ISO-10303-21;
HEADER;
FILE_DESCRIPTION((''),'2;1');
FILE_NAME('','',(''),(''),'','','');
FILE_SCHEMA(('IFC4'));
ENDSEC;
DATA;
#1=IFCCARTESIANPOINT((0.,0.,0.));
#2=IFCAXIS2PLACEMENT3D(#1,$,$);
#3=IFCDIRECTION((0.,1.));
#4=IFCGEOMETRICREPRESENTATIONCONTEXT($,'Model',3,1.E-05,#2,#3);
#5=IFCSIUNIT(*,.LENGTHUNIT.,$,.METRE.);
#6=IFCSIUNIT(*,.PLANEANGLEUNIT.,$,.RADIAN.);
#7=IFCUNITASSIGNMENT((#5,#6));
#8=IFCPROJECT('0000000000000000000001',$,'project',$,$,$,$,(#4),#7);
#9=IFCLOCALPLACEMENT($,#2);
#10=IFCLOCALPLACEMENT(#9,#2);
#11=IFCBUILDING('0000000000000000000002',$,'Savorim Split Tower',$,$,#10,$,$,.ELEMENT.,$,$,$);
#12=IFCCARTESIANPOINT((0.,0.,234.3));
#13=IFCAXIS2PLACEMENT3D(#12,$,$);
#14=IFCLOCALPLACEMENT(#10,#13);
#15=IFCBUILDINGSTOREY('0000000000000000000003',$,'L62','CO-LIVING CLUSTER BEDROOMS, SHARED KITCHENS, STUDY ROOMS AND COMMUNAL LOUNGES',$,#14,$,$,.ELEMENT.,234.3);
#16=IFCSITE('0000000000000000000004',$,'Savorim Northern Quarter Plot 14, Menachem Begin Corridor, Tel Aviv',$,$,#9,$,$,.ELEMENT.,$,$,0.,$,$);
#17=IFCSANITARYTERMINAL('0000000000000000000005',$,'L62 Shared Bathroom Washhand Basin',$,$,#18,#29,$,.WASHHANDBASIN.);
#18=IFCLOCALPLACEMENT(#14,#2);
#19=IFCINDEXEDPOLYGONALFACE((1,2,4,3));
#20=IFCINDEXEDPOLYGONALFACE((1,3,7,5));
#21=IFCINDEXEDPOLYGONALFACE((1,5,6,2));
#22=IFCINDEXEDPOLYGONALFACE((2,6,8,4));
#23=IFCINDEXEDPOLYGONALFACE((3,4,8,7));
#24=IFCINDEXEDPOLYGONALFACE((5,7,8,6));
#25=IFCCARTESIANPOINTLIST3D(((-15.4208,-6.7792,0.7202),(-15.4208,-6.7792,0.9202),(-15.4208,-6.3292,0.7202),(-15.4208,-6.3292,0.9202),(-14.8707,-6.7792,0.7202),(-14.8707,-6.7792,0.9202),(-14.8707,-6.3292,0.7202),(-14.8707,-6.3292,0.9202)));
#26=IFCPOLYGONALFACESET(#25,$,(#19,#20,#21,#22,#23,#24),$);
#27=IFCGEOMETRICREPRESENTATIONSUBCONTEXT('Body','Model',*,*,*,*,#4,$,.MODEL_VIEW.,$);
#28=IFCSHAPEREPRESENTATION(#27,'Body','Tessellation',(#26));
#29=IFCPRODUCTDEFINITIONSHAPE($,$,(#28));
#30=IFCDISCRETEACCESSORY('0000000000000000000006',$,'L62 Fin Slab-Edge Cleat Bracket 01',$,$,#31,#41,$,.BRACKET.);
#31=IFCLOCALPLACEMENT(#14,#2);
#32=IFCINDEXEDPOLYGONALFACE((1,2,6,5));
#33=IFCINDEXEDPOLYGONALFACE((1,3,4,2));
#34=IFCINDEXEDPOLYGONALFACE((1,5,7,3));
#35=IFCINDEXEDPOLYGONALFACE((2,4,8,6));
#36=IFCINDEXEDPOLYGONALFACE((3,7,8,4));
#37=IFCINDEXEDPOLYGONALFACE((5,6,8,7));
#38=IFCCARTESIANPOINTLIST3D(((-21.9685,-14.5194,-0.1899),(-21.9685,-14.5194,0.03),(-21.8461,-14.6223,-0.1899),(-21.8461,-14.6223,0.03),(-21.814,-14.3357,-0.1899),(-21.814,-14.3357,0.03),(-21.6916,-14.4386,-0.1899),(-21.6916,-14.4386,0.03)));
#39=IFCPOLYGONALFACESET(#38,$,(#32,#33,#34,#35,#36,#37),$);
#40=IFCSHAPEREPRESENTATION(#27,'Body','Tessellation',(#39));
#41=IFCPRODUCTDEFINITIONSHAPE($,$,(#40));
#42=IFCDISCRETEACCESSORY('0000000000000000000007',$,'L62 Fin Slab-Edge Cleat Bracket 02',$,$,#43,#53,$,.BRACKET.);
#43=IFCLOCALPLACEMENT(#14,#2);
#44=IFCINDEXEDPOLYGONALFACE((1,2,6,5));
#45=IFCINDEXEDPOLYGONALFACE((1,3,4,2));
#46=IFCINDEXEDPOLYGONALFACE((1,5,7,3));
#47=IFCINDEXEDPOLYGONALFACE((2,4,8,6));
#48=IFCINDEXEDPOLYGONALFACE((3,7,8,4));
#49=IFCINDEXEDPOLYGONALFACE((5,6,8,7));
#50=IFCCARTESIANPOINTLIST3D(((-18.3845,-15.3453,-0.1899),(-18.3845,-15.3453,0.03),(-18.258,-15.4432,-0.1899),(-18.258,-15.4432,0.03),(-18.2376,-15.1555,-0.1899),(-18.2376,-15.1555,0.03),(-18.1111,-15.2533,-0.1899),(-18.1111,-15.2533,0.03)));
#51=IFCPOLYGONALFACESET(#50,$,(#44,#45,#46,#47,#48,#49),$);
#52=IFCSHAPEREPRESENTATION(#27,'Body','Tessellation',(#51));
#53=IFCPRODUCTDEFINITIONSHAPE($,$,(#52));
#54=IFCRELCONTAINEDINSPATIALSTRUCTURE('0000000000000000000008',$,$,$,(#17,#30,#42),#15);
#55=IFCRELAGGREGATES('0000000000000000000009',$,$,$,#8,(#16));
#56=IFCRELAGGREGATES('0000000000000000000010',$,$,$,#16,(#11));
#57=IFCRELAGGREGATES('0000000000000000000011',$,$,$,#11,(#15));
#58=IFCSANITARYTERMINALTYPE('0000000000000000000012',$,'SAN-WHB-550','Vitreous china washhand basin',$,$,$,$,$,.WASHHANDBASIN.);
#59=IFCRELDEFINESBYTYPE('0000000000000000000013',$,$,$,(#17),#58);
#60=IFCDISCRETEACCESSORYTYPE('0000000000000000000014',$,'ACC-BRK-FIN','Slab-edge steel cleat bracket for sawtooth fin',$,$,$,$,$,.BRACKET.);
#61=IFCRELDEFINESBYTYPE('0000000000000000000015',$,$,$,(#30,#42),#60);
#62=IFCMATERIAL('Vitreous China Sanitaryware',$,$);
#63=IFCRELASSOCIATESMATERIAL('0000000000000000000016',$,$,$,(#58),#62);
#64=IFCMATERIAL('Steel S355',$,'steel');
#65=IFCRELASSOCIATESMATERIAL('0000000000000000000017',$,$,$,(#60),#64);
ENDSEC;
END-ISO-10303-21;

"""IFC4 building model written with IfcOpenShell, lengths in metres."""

from ifc_helpers import new_model, si_unit, direction, frame, origin, origin_2d, place, context, subcontext, project, spatial, rectangle, extrude, material, type_object, element, save


model = new_model("IFC4")

# Units and contexts
model_context = context("Model", 3, precision=1e-05, world=origin(), true_north=direction((0.0, 1.0)))
body_context = subcontext(model_context, "Body", "Model", "MODEL_VIEW")
ifc_project = project(units=[si_unit("LENGTHUNIT", "METRE"), si_unit("PLANEANGLEUNIT", "RADIAN")], contexts=[model_context])

# Site, building, storey
site_placement = place(None, origin())
site = spatial("IfcSite", under=ifc_project, at=site_placement, Name="Savorim Northern Quarter Plot 14, Menachem Begin Corridor, Tel Aviv", CompositionType="ELEMENT", RefElevation=0.0)
building_placement = place(site_placement, origin())
building = spatial("IfcBuilding", under=site, at=building_placement, Name="Savorim Split Tower", CompositionType="ELEMENT")
storey_placement = place(building_placement, frame((0.0, 0.0, 234.3)))
storey = spatial("IfcBuildingStorey", under=building, at=storey_placement, Name="L62", Description="CO-LIVING CLUSTER BEDROOMS, SHARED KITCHENS, STUDY ROOMS AND COMMUNAL LOUNGES", CompositionType="ELEMENT", Elevation=234.3)

# Shared definitions
ifc_material_1 = material(Name="Steel S355", Category="steel")

# Sanitary terminal
ifc_material_2 = material(Name="Vitreous China Sanitaryware")
sanitary_terminal_type_1 = type_object("IfcSanitaryTerminalType", Name="SAN-WHB-550", Description="Vitreous china washhand basin", PredefinedType="WASHHANDBASIN", material=ifc_material_2)
sanitary_terminal_1_placement = place(storey_placement, frame((-15.1458, -6.5542, 0.7202), z_axis=(0.0, 0.0, 1.0), x_axis=(1.0, 0.0, 0.0)))
element("IfcSanitaryTerminal", 1, at=sanitary_terminal_1_placement, inside=storey, type_object=sanitary_terminal_type_1, Name="L62 Shared Bathroom Washhand Basin", PredefinedType="WASHHANDBASIN", context=body_context, shape_type="SweptSolid", body=[
    extrude(rectangle(XDim=0.55, YDim=0.45, at=origin_2d()), origin(), (0.0, 0.0, 1.0), 0.2),
])

# Discrete accessories
discrete_accessory_type = type_object("IfcDiscreteAccessoryType", Name="ACC-BRK-FIN", Description="Slab-edge steel cleat bracket for sawtooth fin", PredefinedType="BRACKET", material=ifc_material_1)
for number, where, z_axis, x_axis, name in (
    (2, (-21.8301, -14.479, -0.1899), (0.0, 0.0, 1.0), (-0.643719, -0.765262, 0.0), "L62 Fin Slab-Edge Cleat Bracket 01"),
    (3, (-18.2478, -15.2993, -0.1899), (0.0, 0.0, 1.0), (-0.611868, -0.79096, 0.0), "L62 Fin Slab-Edge Cleat Bracket 02"),
):
    element("IfcDiscreteAccessory", number, at=place(storey_placement, frame(where, z_axis=z_axis, x_axis=x_axis)), inside=storey, type_object=discrete_accessory_type, Name=name, PredefinedType="BRACKET", context=body_context, shape_type="SweptSolid", body=[
        extrude(rectangle(XDim=0.24, YDim=0.1599, at=origin_2d()), origin(), (0.0, 0.0, 1.0), 0.22),
    ])

save(model, "model.ifc")
